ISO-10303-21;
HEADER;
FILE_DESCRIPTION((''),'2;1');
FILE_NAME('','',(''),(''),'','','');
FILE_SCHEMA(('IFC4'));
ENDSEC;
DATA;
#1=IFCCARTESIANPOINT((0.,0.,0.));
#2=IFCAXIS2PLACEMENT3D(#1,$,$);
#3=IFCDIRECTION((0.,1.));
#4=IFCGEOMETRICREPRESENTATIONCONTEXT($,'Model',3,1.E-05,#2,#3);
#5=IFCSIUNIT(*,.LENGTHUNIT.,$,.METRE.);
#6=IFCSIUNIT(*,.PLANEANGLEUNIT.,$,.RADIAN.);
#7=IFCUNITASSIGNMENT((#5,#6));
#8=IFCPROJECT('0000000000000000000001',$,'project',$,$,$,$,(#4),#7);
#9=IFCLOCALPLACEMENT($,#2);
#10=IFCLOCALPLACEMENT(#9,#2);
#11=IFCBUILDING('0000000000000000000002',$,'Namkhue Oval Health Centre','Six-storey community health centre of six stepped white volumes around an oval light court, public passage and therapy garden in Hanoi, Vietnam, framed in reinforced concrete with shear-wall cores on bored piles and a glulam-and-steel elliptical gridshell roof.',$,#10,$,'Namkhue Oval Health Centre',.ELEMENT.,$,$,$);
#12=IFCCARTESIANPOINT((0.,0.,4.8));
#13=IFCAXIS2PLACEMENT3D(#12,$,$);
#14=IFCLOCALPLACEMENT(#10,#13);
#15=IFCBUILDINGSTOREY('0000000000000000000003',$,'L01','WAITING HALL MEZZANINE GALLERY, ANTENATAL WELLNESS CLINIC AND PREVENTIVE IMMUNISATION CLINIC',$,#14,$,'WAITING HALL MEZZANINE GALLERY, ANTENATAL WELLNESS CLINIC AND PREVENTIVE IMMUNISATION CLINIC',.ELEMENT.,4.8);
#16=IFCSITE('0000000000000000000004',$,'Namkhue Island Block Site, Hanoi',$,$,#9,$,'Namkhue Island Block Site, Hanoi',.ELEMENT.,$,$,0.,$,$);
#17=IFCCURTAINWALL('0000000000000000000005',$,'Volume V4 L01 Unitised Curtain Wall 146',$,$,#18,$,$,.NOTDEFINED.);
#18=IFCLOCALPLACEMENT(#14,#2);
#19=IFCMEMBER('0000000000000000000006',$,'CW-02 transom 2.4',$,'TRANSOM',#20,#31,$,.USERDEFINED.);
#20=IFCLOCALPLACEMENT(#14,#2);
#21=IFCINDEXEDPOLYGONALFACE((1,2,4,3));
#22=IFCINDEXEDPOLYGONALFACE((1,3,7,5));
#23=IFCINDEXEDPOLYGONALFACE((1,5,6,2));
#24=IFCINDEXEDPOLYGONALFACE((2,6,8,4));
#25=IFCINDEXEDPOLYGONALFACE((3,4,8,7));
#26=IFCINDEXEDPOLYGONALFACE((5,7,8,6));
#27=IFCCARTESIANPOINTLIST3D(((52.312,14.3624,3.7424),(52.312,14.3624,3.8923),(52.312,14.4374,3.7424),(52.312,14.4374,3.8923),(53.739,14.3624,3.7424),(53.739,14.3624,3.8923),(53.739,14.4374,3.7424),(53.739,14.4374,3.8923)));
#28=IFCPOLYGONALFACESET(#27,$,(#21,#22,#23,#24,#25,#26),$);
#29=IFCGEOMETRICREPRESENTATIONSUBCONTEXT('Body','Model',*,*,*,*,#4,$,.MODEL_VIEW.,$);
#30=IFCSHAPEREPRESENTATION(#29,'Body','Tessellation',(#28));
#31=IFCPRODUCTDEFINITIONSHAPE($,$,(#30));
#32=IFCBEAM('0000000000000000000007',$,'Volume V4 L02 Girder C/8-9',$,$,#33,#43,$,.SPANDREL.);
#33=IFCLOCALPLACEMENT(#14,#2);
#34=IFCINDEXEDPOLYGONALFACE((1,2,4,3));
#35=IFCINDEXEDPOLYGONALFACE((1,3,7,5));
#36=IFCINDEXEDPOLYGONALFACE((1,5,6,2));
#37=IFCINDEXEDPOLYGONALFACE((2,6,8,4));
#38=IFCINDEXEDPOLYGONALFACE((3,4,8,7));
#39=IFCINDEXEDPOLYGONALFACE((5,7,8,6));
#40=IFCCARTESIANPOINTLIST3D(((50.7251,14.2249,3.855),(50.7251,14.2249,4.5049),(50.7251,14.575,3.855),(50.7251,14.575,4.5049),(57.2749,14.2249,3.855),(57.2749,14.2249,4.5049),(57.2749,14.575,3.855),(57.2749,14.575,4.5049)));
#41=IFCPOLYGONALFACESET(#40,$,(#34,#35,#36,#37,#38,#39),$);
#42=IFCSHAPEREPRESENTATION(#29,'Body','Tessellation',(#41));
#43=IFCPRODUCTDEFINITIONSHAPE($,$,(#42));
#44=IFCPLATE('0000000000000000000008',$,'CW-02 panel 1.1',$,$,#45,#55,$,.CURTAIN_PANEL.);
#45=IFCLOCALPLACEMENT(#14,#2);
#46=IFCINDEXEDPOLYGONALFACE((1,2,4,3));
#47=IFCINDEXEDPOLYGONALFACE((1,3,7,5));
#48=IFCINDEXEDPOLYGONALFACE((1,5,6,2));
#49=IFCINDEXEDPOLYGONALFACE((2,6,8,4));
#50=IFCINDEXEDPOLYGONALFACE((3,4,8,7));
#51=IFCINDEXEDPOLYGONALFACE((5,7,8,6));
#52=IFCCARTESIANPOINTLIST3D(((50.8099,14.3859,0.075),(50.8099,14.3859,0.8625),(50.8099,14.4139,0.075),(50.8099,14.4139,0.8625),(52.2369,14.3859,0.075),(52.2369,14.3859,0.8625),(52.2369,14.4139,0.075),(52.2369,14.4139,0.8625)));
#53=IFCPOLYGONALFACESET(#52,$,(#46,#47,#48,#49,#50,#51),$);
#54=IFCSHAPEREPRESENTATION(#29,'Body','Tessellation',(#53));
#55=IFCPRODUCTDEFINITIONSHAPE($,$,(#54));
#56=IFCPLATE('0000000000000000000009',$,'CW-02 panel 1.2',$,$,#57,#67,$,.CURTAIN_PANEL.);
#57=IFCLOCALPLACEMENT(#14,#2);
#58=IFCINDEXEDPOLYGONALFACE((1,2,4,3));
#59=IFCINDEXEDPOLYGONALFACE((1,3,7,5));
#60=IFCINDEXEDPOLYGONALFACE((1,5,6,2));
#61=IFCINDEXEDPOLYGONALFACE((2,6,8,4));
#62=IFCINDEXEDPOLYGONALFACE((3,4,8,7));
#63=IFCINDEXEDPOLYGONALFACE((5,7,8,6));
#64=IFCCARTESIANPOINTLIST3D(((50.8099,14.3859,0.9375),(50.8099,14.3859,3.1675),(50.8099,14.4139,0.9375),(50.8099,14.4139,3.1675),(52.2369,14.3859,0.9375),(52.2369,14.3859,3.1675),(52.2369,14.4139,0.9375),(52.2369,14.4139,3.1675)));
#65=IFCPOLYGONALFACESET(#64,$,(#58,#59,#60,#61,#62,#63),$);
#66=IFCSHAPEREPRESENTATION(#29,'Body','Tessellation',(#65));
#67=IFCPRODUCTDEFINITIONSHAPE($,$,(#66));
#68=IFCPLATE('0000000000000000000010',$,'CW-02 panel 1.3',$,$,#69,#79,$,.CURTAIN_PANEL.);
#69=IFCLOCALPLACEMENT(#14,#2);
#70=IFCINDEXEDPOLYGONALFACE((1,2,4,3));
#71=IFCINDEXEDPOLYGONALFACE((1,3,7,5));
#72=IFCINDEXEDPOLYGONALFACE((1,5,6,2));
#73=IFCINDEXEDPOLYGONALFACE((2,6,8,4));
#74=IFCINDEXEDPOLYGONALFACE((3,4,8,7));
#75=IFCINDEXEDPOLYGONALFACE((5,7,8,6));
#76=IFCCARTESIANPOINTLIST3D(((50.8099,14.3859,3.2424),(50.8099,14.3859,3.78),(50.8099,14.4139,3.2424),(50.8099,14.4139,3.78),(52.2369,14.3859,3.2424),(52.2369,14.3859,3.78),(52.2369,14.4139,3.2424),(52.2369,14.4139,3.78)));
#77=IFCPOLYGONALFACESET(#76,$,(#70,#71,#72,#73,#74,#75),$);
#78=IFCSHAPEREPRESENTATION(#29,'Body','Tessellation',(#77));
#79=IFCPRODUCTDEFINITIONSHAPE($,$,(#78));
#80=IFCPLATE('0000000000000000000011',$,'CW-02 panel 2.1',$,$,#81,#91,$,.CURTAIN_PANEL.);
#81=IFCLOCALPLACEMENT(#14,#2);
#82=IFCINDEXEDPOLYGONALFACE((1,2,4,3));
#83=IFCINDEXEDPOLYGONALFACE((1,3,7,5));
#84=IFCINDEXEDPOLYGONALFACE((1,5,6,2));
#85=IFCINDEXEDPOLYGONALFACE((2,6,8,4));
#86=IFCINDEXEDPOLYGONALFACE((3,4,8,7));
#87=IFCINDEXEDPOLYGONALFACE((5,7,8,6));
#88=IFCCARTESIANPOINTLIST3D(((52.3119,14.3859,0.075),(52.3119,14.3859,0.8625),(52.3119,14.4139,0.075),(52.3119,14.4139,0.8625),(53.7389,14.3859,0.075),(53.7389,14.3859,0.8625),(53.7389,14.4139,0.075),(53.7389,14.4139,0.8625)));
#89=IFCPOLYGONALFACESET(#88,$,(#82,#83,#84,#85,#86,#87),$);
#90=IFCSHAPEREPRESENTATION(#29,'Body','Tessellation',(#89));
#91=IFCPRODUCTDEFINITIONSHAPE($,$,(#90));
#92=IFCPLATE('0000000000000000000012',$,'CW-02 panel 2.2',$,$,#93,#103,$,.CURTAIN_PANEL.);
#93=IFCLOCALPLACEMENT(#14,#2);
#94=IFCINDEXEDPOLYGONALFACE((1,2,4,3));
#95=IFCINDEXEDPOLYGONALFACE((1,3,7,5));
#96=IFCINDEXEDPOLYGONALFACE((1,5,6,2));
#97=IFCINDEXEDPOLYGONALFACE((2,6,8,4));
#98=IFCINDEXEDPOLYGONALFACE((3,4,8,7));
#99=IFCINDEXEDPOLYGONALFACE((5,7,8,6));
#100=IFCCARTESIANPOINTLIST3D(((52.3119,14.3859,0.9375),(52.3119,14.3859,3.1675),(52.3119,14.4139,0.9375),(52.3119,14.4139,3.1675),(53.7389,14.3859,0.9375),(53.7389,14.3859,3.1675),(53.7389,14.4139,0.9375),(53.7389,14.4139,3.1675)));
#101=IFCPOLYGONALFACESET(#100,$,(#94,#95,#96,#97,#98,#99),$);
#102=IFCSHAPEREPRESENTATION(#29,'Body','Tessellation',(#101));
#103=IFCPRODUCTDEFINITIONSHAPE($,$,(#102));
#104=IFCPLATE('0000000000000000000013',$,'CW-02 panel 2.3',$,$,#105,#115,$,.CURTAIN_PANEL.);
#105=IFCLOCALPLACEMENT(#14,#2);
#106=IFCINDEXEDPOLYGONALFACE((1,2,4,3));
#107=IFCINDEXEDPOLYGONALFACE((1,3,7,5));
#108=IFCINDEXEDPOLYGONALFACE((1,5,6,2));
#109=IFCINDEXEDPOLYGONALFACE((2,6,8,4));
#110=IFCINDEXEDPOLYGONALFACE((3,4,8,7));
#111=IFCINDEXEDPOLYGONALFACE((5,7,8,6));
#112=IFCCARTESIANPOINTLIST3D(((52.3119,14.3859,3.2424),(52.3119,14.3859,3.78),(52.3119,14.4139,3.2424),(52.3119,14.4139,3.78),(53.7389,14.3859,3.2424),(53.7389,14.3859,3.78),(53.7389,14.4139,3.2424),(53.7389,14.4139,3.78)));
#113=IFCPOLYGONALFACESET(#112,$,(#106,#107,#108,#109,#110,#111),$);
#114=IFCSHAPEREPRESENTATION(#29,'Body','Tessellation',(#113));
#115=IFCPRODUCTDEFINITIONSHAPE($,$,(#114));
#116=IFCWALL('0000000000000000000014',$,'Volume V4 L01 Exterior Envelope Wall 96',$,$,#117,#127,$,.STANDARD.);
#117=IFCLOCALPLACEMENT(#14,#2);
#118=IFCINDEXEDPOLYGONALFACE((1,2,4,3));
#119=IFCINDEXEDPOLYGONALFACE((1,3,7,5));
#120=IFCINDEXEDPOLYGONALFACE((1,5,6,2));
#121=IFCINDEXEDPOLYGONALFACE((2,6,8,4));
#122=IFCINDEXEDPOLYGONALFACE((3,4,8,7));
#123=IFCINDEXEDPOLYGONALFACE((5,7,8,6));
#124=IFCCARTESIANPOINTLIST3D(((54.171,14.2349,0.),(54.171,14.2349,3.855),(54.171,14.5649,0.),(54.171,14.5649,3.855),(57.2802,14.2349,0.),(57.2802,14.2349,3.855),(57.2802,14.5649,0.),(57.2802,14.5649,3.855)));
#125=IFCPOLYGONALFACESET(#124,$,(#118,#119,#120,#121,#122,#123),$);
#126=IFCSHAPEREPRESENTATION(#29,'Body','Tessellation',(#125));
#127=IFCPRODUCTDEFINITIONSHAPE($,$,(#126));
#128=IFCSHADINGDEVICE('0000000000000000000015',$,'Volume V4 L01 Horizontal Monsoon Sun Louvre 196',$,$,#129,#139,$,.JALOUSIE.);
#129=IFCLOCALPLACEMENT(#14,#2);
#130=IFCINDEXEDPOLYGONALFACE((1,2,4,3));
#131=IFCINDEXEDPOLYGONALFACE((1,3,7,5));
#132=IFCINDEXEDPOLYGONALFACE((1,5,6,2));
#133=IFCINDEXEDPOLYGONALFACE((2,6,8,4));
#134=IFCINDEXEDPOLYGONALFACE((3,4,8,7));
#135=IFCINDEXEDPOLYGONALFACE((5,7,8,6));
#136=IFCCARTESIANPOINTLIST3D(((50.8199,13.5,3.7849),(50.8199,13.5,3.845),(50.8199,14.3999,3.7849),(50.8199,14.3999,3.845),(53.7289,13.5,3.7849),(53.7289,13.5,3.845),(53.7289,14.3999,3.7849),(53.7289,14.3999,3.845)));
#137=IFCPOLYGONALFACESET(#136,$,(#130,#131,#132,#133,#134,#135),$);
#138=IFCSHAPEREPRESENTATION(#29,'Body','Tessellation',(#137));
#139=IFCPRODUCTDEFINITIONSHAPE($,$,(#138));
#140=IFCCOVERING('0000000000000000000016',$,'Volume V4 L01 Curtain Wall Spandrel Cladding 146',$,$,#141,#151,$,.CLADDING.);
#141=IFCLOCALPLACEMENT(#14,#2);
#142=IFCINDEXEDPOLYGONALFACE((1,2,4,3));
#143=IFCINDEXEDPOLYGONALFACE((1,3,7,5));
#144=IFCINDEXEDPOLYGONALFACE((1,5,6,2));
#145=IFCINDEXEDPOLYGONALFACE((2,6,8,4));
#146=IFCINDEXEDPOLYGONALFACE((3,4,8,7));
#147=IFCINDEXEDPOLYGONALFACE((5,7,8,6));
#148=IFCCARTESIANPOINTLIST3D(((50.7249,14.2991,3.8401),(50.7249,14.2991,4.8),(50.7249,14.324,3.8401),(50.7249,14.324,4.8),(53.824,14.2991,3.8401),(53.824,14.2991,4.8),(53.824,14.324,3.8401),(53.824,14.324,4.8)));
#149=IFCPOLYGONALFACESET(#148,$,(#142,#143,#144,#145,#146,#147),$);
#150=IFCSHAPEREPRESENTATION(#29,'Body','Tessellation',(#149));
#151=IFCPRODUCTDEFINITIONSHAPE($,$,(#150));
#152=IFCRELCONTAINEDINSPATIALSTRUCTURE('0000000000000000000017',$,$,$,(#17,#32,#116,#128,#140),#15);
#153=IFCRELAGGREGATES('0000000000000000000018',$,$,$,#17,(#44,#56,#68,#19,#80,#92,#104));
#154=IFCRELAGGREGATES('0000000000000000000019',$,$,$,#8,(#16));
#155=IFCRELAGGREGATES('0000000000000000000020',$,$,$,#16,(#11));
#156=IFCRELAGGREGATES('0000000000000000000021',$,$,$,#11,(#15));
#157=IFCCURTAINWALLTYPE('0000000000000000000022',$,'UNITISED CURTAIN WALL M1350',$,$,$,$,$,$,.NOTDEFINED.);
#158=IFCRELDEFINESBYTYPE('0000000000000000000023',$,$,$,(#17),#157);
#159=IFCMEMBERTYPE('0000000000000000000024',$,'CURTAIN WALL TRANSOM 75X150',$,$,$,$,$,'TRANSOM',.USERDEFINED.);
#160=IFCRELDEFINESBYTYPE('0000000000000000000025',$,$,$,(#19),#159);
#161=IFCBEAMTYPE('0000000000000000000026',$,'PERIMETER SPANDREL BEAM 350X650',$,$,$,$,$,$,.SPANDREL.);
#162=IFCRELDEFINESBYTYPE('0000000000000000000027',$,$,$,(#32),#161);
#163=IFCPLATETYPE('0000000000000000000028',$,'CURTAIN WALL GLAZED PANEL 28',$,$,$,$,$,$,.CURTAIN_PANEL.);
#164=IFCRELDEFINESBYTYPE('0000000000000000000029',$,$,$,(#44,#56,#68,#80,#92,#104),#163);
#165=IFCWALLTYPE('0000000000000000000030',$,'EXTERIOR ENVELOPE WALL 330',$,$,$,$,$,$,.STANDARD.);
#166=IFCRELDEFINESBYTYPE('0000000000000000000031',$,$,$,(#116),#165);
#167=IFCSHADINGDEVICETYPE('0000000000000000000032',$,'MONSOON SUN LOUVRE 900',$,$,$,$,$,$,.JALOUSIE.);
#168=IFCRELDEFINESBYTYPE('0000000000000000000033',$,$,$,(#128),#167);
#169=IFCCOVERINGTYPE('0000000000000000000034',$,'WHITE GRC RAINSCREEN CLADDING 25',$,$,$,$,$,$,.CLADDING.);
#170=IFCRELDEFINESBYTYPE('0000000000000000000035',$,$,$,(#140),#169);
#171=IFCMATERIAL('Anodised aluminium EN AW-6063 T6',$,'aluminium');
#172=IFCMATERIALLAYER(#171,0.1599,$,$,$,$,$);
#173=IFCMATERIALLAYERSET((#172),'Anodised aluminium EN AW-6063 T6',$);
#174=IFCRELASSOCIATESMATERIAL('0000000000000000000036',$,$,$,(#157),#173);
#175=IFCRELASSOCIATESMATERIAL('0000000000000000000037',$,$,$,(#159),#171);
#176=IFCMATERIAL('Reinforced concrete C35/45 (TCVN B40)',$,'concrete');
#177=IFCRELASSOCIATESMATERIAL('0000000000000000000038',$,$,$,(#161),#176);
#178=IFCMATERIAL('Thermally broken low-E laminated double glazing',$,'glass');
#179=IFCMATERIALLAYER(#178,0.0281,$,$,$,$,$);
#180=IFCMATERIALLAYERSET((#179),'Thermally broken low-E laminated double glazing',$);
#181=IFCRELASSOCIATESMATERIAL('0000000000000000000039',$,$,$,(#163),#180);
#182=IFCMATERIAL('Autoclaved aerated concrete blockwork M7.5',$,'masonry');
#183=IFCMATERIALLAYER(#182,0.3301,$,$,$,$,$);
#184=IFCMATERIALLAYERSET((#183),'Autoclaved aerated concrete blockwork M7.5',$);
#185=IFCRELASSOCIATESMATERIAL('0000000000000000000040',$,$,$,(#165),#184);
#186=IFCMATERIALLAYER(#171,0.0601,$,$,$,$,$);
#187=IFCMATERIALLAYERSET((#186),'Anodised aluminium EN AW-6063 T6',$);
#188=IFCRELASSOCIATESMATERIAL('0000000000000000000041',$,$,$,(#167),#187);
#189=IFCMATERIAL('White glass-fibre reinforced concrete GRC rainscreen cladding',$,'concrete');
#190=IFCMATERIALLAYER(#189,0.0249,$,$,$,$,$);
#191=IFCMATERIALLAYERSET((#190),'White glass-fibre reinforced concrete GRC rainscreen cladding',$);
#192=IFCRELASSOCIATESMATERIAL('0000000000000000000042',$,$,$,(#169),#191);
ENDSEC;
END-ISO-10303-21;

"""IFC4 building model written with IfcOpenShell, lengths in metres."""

from ifc_helpers import new_model, si_unit, direction, frame, frame_2d, origin, origin_2d, place, context, subcontext, project, spatial, rectangle, extrude, material, layer, layer_set, material_profile, profile_set, type_object, element, aggregate, save


model = new_model("IFC4")

# Units and contexts
model_context = context("Model", 3, precision=1e-05, world=origin(), true_north=direction((0.0, 1.0)))
body_context = subcontext(model_context, "Body", "Model", "MODEL_VIEW")
ifc_project = project(units=[si_unit("LENGTHUNIT", "METRE"), si_unit("PLANEANGLEUNIT", "RADIAN")], contexts=[model_context])

# Site, building, storey
site_placement = place(None, origin())
site = spatial("IfcSite", under=ifc_project, at=site_placement, Name="Namkhue Island Block Site, Hanoi", LongName="Namkhue Island Block Site, Hanoi", CompositionType="ELEMENT", RefElevation=0.0)
building_placement = place(site_placement, origin())
building = spatial("IfcBuilding", under=site, at=building_placement, Name="Namkhue Oval Health Centre", Description="Six-storey community health centre of six stepped white volumes around an oval light court, public passage and therapy garden in Hanoi, Vietnam, framed in reinforced concrete with shear-wall cores on bored piles and a glulam-and-steel elliptical gridshell roof.", LongName="Namkhue Oval Health Centre", CompositionType="ELEMENT")
storey_placement = place(building_placement, frame((0.0, 0.0, 4.8)))
storey = spatial("IfcBuildingStorey", under=building, at=storey_placement, Name="L01", Description="WAITING HALL MEZZANINE GALLERY, ANTENATAL WELLNESS CLINIC AND PREVENTIVE IMMUNISATION CLINIC", LongName="WAITING HALL MEZZANINE GALLERY, ANTENATAL WELLNESS CLINIC AND PREVENTIVE IMMUNISATION CLINIC", CompositionType="ELEMENT", Elevation=4.8)

# Shared definitions
ifc_material_1 = material(Name="Reinforced concrete C35/45 (TCVN B40)", Category="concrete")

# Curtain wall, member
ifc_material_2 = material(Name="Anodised aluminium EN AW-6063 T6", Category="aluminium")
ifc_layer_1 = layer(ifc_material_2, 0.1599)
ifc_layer_set_1 = layer_set([ifc_layer_1], Name="Anodised aluminium EN AW-6063 T6")
curtain_wall_type = type_object("IfcCurtainWallType", Name="UNITISED CURTAIN WALL M1350", PredefinedType="NOTDEFINED", material=ifc_layer_set_1)
curtain_wall_placement = place(storey_placement, origin())
curtain_wall = element("IfcCurtainWall", 1, at=curtain_wall_placement, inside=storey, type_object=curtain_wall_type, Name="Volume V4 L01 Unitised Curtain Wall 146", PredefinedType="NOTDEFINED")
ifc_material_profile_1 = material_profile(ifc_material_2, rectangle(XDim=0.075, YDim=0.1499, at=origin_2d()), Name="ALU 75x150")
ifc_profile_set_1 = profile_set([ifc_material_profile_1], Name="Anodised aluminium EN AW-6063 T6")
member_type_1 = type_object("IfcMemberType", Name="CURTAIN WALL TRANSOM 75X150", ElementType="TRANSOM", PredefinedType="USERDEFINED", material=ifc_profile_set_1)
member_1_placement = place(storey_placement, frame((52.312, 14.3999, 3.8174), z_axis=(1.0, 0.0, 0.0), x_axis=(0.0, 1.0, 0.0)))
member_1 = element("IfcMember", 2, at=member_1_placement, type_object=member_type_1, Name="CW-02 transom 2.4", ObjectType="TRANSOM", PredefinedType="USERDEFINED", context=body_context, shape_type="SweptSolid", body=[
    extrude(rectangle(XDim=0.075, YDim=0.1499, at=origin_2d()), origin(), (0.0, 0.0, 1.0), 1.427),
])

# Beam
ifc_material_profile_2 = material_profile(ifc_material_1, rectangle(XDim=0.3501, YDim=0.6499, at=origin_2d()), Name="RC 350x650")
ifc_profile_set_2 = profile_set([ifc_material_profile_2], Name="Reinforced concrete C35/45 (TCVN B40)")
beam_type = type_object("IfcBeamType", Name="PERIMETER SPANDREL BEAM 350X650", PredefinedType="SPANDREL", material=ifc_profile_set_2)
beam_placement = place(storey_placement, frame((50.7251, 14.3999, 4.1799), z_axis=(1.0, 0.0, 0.0), x_axis=(0.0, 1.0, 0.0)))
element("IfcBeam", 3, at=beam_placement, inside=storey, type_object=beam_type, Name="Volume V4 L02 Girder C/8-9", PredefinedType="SPANDREL", context=body_context, shape_type="SweptSolid", body=[
    extrude(rectangle(XDim=0.3501, YDim=0.6499, at=origin_2d()), origin(), (0.0, 0.0, 1.0), 6.5498),
])

# Plates
ifc_material_3 = material(Name="Thermally broken low-E laminated double glazing", Category="glass")
ifc_layer_2 = layer(ifc_material_3, 0.0281)
ifc_layer_set_2 = layer_set([ifc_layer_2], Name="Thermally broken low-E laminated double glazing")
plate_type = type_object("IfcPlateType", Name="CURTAIN WALL GLAZED PANEL 28", PredefinedType="CURTAIN_PANEL", material=ifc_layer_set_2)
plate_1_placement = place(storey_placement, frame((51.5234, 14.3999, 0.075), z_axis=(0.0, 0.0, 1.0), x_axis=(1.0, 0.0, 0.0)))
plate_1 = element("IfcPlate", 4, at=plate_1_placement, type_object=plate_type, Name="CW-02 panel 1.1", PredefinedType="CURTAIN_PANEL", context=body_context, shape_type="SweptSolid", body=[
    extrude(rectangle(XDim=1.427, YDim=0.0281, at=origin_2d()), origin(), (0.0, 0.0, 1.0), 0.7876),
])
plate_2_placement = place(storey_placement, frame((51.5234, 14.3999, 0.9375), z_axis=(0.0, 0.0, 1.0), x_axis=(1.0, 0.0, 0.0)))
plate_2 = element("IfcPlate", 5, at=plate_2_placement, type_object=plate_type, Name="CW-02 panel 1.2", PredefinedType="CURTAIN_PANEL", context=body_context, shape_type="SweptSolid", body=[
    extrude(rectangle(XDim=1.427, YDim=0.0281, at=origin_2d()), origin(), (0.0, 0.0, 1.0), 2.23),
])
plate_3_placement = place(storey_placement, frame((51.5234, 14.3999, 3.2424), z_axis=(0.0, 0.0, 1.0), x_axis=(1.0, 0.0, 0.0)))
plate_3 = element("IfcPlate", 6, at=plate_3_placement, type_object=plate_type, Name="CW-02 panel 1.3", PredefinedType="CURTAIN_PANEL", context=body_context, shape_type="SweptSolid", body=[
    extrude(rectangle(XDim=1.427, YDim=0.0281, at=origin_2d()), origin(), (0.0, 0.0, 1.0), 0.5376),
])
plate_4_placement = place(storey_placement, frame((53.0254, 14.3999, 0.075), z_axis=(0.0, 0.0, 1.0), x_axis=(1.0, 0.0, 0.0)))
plate_4 = element("IfcPlate", 7, at=plate_4_placement, type_object=plate_type, Name="CW-02 panel 2.1", PredefinedType="CURTAIN_PANEL", context=body_context, shape_type="SweptSolid", body=[
    extrude(rectangle(XDim=1.427, YDim=0.0281, at=origin_2d()), origin(), (0.0, 0.0, 1.0), 0.7876),
])
plate_5_placement = place(storey_placement, frame((53.0254, 14.3999, 0.9375), z_axis=(0.0, 0.0, 1.0), x_axis=(1.0, 0.0, 0.0)))
plate_5 = element("IfcPlate", 8, at=plate_5_placement, type_object=plate_type, Name="CW-02 panel 2.2", PredefinedType="CURTAIN_PANEL", context=body_context, shape_type="SweptSolid", body=[
    extrude(rectangle(XDim=1.427, YDim=0.0281, at=origin_2d()), origin(), (0.0, 0.0, 1.0), 2.23),
])
plate_6_placement = place(storey_placement, frame((53.0254, 14.3999, 3.2424), z_axis=(0.0, 0.0, 1.0), x_axis=(1.0, 0.0, 0.0)))
plate_6 = element("IfcPlate", 9, at=plate_6_placement, type_object=plate_type, Name="CW-02 panel 2.3", PredefinedType="CURTAIN_PANEL", context=body_context, shape_type="SweptSolid", body=[
    extrude(rectangle(XDim=1.427, YDim=0.0281, at=origin_2d()), origin(), (0.0, 0.0, 1.0), 0.5376),
])
aggregate(curtain_wall, [plate_1, plate_2, plate_3, member_1, plate_4, plate_5, plate_6])

# Wall
ifc_material_4 = material(Name="Autoclaved aerated concrete blockwork M7.5", Category="masonry")
ifc_layer_3 = layer(ifc_material_4, 0.3301)
ifc_layer_set_3 = layer_set([ifc_layer_3], Name="Autoclaved aerated concrete blockwork M7.5")
wall_type = type_object("IfcWallType", Name="EXTERIOR ENVELOPE WALL 330", PredefinedType="STANDARD", material=ifc_layer_set_3)
wall_placement = place(storey_placement, frame((54.1709, 14.3999, 0.0), z_axis=(0.0, 0.0, 1.0), x_axis=(1.0, 0.0, 0.0)))
element("IfcWall", 10, at=wall_placement, inside=storey, type_object=wall_type, Name="Volume V4 L01 Exterior Envelope Wall 96", PredefinedType="STANDARD", context=body_context, shape_type="SweptSolid", body=[
    extrude(rectangle(XDim=3.1091, YDim=0.3301, at=frame_2d((1.5547, 0.0))), origin(), (0.0, 0.0, 1.0), 3.855),
])

# Shading device
ifc_layer_4 = layer(ifc_material_2, 0.0601)
ifc_layer_set_4 = layer_set([ifc_layer_4], Name="Anodised aluminium EN AW-6063 T6")
shading_device_type = type_object("IfcShadingDeviceType", Name="MONSOON SUN LOUVRE 900", PredefinedType="JALOUSIE", material=ifc_layer_set_4)
shading_device_placement = place(storey_placement, frame((52.2744, 13.95, 3.7849), z_axis=(0.0, 0.0, 1.0), x_axis=(1.0, 0.0, 0.0)))
element("IfcShadingDevice", 11, at=shading_device_placement, inside=storey, type_object=shading_device_type, Name="Volume V4 L01 Horizontal Monsoon Sun Louvre 196", PredefinedType="JALOUSIE", context=body_context, shape_type="SweptSolid", body=[
    extrude(rectangle(XDim=2.9089, YDim=0.8999, at=origin_2d()), origin(), (0.0, 0.0, 1.0), 0.0601),
])

# Covering
ifc_material_5 = material(Name="White glass-fibre reinforced concrete GRC rainscreen cladding", Category="concrete")
ifc_layer_5 = layer(ifc_material_5, 0.0249)
ifc_layer_set_5 = layer_set([ifc_layer_5], Name="White glass-fibre reinforced concrete GRC rainscreen cladding")
covering_type = type_object("IfcCoveringType", Name="WHITE GRC RAINSCREEN CLADDING 25", PredefinedType="CLADDING", material=ifc_layer_set_5)
covering_placement = place(storey_placement, frame((52.2744, 14.3115, 3.8401), z_axis=(0.0, 0.0, 1.0), x_axis=(1.0, 0.0, 0.0)))
element("IfcCovering", 12, at=covering_placement, inside=storey, type_object=covering_type, Name="Volume V4 L01 Curtain Wall Spandrel Cladding 146", PredefinedType="CLADDING", context=body_context, shape_type="SweptSolid", body=[
    extrude(rectangle(XDim=3.0991, YDim=0.0249, at=origin_2d()), origin(), (0.0, 0.0, 1.0), 0.96),
])

save(model, "model.ifc")
